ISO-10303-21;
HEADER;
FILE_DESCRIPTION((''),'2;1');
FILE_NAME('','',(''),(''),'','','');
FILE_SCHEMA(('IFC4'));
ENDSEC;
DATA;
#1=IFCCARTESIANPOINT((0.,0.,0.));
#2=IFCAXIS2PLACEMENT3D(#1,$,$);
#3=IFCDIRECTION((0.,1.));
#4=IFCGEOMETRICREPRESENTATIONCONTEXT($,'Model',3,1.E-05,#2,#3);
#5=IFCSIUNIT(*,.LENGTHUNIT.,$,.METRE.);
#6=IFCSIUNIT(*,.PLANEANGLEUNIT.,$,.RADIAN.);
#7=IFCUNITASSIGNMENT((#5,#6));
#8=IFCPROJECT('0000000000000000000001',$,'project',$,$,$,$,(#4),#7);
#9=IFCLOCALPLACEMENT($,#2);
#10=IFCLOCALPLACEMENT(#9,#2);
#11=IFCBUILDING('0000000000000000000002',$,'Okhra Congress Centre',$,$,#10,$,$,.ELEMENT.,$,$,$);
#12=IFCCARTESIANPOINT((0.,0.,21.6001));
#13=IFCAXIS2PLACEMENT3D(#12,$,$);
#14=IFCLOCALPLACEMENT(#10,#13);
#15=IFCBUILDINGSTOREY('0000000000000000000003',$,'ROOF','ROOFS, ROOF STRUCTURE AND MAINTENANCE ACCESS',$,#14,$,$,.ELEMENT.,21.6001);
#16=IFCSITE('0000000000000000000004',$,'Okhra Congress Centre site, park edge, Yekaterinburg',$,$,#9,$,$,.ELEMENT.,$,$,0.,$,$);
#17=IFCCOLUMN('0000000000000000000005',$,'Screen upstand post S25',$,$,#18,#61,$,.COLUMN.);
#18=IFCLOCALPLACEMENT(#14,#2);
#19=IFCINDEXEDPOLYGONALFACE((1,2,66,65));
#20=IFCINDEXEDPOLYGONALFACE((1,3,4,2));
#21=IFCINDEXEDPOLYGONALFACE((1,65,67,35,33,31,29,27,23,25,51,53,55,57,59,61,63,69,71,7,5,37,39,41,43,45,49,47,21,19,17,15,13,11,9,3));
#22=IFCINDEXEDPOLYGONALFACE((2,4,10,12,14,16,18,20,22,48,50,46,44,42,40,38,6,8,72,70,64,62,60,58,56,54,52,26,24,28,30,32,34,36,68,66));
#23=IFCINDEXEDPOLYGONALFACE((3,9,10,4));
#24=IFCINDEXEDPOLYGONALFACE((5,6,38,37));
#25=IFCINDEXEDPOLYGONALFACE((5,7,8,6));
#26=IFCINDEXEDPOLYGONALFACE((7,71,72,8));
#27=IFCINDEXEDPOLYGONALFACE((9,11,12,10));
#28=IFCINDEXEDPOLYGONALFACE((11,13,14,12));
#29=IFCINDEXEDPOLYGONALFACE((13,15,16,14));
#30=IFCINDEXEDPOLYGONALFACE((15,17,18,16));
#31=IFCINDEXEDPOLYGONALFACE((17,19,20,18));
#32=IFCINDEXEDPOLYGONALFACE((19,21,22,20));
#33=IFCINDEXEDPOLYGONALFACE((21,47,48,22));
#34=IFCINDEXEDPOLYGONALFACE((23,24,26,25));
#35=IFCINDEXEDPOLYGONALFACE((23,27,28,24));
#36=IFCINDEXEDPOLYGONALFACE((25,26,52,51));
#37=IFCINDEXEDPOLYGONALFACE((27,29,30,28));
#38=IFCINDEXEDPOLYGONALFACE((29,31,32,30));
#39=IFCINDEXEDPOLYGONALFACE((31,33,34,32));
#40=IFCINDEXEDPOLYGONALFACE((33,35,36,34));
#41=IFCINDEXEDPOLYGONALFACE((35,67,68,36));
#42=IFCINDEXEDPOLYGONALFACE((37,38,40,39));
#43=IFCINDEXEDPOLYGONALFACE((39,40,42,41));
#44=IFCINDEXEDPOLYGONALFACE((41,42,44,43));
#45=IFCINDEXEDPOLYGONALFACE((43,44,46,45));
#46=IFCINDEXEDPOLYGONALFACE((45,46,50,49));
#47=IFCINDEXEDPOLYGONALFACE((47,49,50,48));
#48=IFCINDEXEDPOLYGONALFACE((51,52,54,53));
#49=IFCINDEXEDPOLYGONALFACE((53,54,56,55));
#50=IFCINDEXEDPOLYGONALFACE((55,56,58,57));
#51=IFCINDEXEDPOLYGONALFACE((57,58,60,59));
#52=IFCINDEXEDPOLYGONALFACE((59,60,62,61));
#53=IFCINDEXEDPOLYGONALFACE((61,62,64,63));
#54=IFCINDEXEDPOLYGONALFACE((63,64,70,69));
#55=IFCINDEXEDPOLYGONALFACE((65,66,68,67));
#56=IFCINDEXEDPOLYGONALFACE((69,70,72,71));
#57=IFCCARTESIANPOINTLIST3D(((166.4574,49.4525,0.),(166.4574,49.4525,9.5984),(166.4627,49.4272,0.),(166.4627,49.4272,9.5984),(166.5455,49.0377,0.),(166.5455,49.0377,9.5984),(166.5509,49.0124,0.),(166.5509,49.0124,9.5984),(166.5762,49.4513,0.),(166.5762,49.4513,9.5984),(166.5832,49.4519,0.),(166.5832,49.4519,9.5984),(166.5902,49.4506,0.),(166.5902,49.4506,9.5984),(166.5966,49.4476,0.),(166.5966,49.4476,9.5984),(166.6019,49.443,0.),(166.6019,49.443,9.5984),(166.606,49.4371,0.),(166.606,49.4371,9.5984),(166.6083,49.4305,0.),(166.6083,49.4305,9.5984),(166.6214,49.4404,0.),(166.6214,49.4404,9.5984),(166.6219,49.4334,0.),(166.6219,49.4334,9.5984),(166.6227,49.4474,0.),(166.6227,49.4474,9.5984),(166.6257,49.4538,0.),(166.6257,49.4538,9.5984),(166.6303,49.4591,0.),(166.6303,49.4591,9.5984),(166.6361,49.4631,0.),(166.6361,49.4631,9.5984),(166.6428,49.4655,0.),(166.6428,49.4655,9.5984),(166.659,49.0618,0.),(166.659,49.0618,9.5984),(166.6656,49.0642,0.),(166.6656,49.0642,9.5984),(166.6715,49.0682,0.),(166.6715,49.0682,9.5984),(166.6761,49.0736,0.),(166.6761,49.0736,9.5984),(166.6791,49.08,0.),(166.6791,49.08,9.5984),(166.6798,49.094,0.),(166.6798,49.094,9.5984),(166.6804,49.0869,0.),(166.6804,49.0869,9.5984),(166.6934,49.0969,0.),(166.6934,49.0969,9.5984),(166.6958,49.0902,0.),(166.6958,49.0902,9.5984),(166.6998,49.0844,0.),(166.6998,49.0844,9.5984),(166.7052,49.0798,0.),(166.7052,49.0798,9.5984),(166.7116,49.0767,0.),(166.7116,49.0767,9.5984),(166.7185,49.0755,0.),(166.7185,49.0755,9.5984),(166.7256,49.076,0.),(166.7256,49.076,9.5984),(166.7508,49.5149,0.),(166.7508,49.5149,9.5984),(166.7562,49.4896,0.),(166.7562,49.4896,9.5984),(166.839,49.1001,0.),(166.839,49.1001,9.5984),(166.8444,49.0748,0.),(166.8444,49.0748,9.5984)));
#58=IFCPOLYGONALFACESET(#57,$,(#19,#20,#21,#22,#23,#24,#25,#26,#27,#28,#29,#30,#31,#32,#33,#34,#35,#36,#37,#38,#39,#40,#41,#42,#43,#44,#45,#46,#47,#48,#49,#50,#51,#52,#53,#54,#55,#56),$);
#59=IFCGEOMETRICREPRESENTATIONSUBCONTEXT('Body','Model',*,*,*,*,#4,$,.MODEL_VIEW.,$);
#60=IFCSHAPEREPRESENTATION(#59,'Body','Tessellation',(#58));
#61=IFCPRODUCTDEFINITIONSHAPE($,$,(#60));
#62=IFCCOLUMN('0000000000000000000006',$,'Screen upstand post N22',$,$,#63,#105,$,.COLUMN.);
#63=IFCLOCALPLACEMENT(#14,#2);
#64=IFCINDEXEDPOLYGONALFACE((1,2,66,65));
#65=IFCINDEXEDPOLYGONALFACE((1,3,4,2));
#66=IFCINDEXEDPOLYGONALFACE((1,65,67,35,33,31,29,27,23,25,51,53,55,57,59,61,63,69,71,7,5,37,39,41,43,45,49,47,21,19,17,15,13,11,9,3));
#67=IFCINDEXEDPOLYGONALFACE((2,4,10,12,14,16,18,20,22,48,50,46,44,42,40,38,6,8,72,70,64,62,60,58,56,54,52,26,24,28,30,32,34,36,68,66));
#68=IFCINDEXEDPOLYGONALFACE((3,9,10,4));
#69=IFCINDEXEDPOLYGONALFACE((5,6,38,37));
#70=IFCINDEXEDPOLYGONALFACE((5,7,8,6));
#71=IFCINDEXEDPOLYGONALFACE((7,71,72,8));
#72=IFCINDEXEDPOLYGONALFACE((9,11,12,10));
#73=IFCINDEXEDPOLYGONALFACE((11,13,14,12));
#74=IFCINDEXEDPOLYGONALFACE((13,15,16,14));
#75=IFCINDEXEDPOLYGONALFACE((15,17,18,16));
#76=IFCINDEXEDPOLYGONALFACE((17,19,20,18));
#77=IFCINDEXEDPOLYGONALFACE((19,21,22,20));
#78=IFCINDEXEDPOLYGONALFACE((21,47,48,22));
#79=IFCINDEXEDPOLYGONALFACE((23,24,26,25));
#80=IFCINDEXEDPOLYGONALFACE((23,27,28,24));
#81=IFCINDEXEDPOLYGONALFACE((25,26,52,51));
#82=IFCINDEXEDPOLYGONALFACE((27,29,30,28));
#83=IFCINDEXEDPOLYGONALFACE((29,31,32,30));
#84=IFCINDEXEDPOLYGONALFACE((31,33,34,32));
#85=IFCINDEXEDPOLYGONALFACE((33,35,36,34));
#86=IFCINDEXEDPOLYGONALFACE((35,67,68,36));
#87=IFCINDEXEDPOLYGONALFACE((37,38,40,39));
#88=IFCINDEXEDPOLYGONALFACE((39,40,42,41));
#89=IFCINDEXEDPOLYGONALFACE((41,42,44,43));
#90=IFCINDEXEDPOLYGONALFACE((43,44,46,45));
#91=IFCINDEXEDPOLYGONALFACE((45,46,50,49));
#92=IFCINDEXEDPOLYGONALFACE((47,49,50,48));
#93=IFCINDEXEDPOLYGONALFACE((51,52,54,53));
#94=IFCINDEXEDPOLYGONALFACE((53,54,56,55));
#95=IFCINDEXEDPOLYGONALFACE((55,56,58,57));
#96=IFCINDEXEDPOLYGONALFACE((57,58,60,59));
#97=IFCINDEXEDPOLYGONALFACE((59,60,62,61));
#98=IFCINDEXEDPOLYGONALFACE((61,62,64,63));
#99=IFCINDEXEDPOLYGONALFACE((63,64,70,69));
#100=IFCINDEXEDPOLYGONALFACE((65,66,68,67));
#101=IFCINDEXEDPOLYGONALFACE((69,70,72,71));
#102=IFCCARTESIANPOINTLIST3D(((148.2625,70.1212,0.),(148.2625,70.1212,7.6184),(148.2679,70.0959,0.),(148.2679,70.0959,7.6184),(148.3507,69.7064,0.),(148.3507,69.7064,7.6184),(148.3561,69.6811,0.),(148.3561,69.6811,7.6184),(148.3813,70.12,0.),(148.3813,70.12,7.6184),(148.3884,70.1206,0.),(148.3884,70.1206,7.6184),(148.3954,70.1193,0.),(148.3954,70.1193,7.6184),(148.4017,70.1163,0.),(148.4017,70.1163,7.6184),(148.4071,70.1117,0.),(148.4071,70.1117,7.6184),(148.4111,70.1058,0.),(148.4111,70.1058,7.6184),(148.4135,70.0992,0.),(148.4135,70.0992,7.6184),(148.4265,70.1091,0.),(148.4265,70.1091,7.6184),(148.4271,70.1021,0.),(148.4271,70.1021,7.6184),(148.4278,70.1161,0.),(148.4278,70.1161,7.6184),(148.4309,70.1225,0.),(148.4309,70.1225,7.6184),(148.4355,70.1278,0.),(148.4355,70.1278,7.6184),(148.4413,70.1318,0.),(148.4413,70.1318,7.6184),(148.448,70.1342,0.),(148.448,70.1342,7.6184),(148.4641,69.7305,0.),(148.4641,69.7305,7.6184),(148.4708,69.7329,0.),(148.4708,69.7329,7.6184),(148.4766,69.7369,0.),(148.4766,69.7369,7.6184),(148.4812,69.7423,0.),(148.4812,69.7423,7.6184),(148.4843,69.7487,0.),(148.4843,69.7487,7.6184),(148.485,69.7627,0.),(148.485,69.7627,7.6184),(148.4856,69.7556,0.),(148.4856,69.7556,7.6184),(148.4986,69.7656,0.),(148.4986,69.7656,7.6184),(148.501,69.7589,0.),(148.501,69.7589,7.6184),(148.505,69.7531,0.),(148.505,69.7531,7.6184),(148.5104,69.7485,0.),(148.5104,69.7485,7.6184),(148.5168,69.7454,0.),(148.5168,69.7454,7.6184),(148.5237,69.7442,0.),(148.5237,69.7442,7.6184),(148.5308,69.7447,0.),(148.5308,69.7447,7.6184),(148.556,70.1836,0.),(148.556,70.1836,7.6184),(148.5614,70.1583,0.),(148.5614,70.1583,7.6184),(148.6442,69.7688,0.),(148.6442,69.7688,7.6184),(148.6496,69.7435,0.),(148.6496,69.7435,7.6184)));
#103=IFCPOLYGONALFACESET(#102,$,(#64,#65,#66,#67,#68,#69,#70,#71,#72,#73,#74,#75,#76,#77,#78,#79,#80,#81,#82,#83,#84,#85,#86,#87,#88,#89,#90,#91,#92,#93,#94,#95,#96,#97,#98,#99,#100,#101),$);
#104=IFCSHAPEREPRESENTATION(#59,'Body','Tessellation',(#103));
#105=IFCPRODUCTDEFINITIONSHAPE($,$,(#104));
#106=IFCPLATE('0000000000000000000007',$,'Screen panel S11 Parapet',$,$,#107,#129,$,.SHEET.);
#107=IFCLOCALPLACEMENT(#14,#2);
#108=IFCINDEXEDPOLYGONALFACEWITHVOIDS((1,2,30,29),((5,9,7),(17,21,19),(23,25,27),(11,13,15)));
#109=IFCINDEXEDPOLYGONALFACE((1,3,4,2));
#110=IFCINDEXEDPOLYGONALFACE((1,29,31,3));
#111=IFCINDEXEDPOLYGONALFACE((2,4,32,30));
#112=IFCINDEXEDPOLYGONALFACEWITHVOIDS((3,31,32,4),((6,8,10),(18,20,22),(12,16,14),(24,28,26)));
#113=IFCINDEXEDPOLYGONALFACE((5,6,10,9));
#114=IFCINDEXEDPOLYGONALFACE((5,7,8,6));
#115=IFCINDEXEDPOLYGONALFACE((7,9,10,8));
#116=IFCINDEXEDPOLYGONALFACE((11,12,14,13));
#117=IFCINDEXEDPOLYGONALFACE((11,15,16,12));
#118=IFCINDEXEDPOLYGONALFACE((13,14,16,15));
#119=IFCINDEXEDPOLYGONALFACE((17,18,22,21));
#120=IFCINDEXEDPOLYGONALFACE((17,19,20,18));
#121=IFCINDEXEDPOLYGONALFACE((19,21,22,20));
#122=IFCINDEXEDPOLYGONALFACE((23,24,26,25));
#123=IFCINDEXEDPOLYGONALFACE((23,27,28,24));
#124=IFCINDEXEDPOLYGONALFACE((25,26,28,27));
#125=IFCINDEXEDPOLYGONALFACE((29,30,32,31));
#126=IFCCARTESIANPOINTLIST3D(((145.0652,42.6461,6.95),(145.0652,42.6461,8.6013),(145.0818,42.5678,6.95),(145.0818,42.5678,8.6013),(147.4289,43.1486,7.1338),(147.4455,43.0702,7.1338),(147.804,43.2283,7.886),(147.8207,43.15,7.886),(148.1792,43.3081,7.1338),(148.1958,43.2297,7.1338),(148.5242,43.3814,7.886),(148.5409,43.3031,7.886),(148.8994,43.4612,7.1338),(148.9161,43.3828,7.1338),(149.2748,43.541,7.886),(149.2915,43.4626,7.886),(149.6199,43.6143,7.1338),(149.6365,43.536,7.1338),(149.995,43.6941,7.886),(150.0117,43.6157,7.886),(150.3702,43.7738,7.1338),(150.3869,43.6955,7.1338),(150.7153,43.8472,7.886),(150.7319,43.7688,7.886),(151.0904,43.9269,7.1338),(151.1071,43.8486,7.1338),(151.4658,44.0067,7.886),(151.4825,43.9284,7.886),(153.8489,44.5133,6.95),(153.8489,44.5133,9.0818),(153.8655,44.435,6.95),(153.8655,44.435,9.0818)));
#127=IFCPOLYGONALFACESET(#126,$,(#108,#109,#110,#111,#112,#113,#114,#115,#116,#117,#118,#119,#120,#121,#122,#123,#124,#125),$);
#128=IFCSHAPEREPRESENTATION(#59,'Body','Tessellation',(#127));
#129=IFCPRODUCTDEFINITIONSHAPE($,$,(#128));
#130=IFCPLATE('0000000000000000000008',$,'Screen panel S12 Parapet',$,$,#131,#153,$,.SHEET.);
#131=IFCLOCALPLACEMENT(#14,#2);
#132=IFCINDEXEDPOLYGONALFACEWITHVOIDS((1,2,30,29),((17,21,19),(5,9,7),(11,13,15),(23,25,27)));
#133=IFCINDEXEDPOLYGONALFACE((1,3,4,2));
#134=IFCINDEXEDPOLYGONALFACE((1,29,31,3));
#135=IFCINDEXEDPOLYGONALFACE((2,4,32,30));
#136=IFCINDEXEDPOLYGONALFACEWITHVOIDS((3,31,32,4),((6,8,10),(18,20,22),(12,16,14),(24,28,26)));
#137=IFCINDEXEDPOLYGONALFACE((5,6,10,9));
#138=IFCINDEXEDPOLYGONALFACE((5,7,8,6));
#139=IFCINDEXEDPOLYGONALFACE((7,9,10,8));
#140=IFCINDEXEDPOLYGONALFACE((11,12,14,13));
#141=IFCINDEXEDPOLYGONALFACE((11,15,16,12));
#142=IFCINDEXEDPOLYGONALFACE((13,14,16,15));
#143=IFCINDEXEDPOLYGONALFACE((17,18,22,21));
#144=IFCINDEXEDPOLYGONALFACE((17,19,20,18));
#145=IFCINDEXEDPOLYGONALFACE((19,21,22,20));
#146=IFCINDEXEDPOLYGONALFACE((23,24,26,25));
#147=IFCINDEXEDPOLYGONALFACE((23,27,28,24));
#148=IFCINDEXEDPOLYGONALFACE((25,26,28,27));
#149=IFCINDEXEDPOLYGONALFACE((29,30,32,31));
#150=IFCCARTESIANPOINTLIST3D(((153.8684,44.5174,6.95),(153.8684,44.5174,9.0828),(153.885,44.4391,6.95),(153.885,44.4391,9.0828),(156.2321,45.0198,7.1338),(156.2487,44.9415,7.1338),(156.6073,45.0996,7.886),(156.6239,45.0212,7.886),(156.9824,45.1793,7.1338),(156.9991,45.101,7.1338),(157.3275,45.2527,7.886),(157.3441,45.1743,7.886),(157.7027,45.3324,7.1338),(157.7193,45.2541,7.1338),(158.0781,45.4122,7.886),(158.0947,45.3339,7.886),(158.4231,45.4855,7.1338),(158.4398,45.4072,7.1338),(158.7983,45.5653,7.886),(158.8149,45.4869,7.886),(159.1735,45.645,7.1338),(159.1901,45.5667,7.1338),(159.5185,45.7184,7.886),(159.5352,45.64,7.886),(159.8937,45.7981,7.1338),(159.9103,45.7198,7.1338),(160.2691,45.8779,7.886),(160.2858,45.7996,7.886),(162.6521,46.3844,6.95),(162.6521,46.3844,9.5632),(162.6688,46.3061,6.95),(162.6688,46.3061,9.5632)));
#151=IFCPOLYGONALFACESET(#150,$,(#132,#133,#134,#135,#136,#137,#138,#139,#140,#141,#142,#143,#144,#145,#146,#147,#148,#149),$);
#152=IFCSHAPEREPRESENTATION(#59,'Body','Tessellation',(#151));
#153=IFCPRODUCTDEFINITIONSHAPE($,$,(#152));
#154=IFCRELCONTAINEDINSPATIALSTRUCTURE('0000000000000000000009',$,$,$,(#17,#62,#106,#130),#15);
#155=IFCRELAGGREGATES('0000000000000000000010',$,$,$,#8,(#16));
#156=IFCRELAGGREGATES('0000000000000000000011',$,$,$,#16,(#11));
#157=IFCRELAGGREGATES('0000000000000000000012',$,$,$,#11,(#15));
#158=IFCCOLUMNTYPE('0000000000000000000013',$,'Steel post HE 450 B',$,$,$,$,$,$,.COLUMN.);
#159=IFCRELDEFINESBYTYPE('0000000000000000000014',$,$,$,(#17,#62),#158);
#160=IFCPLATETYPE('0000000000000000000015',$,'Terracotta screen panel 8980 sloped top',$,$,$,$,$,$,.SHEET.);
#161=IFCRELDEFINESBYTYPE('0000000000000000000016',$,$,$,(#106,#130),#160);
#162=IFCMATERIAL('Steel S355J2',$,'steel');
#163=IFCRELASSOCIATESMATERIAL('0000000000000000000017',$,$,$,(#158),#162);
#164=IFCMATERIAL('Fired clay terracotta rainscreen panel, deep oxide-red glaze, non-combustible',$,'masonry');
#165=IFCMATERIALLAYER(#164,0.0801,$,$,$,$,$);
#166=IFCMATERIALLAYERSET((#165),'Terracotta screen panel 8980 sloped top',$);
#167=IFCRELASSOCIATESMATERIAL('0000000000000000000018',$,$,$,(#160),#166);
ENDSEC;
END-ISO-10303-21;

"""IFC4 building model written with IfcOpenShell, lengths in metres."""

from ifc_helpers import new_model, si_unit, direction, frame, origin, origin_2d, place, context, subcontext, project, spatial, polyline, i_section, outline, extrude, material, layer, layer_set, material_profile, profile_set, type_object, element, save


model = new_model("IFC4")

# Units and contexts
model_context = context("Model", 3, precision=1e-05, world=origin(), true_north=direction((0.0, 1.0)))
body_context = subcontext(model_context, "Body", "Model", "MODEL_VIEW")
ifc_project = project(units=[si_unit("LENGTHUNIT", "METRE"), si_unit("PLANEANGLEUNIT", "RADIAN")], contexts=[model_context])

# Site, building, storey
site_placement = place(None, origin())
site = spatial("IfcSite", under=ifc_project, at=site_placement, Name="Okhra Congress Centre site, park edge, Yekaterinburg", CompositionType="ELEMENT", RefElevation=0.0)
building_placement = place(site_placement, origin())
building = spatial("IfcBuilding", under=site, at=building_placement, Name="Okhra Congress Centre", CompositionType="ELEMENT")
storey_placement = place(building_placement, frame((0.0, 0.0, 21.6001)))
storey = spatial("IfcBuildingStorey", under=building, at=storey_placement, Name="ROOF", Description="ROOFS, ROOF STRUCTURE AND MAINTENANCE ACCESS", CompositionType="ELEMENT", Elevation=21.6001)

# Columns
ifc_material_1 = material(Name="Steel S355J2", Category="steel")
ifc_material_profile_1 = material_profile(ifc_material_1, i_section(OverallWidth=0.3, OverallDepth=0.45, WebThickness=0.0139, FlangeThickness=0.0259, FilletRadius=0.0271, at=origin_2d()), Name="HE 450 B")
ifc_profile_set_1 = profile_set([ifc_material_profile_1], Name="Steel S355J2")
column_type = type_object("IfcColumnType", Name="Steel post HE 450 B", PredefinedType="COLUMN", material=ifc_profile_set_1)
column_1_placement = place(storey_placement, frame((166.6509, 49.2637, 0.0), z_axis=(0.0, 0.0, 1.0), x_axis=(0.978148, 0.207912, 0.0)))
element("IfcColumn", 1, at=column_1_placement, inside=storey, type_object=column_type, Name="Screen upstand post S25", PredefinedType="COLUMN", context=body_context, shape_type="SweptSolid", body=[
    extrude(i_section(OverallWidth=0.3, OverallDepth=0.45, WebThickness=0.0139, FlangeThickness=0.0259, FilletRadius=0.0271, at=origin_2d()), origin(), (0.0, 0.0, 1.0), 9.5984),
])
column_2_placement = place(storey_placement, frame((148.4561, 69.9324, 0.0), z_axis=(0.0, 0.0, 1.0), x_axis=(0.978148, 0.207912, 0.0)))
element("IfcColumn", 2, at=column_2_placement, inside=storey, type_object=column_type, Name="Screen upstand post N22", PredefinedType="COLUMN", context=body_context, shape_type="SweptSolid", body=[
    extrude(i_section(OverallWidth=0.3, OverallDepth=0.45, WebThickness=0.0139, FlangeThickness=0.0259, FilletRadius=0.0271, at=origin_2d()), origin(), (0.0, 0.0, 1.0), 7.6184),
])

# Plates
ifc_material_2 = material(Name="Fired clay terracotta rainscreen panel, deep oxide-red glaze, non-combustible", Category="masonry")
ifc_layer_1 = layer(ifc_material_2, 0.0801)
ifc_layer_set_1 = layer_set([ifc_layer_1], Name="Terracotta screen panel 8980 sloped top")
plate_type_1 = type_object("IfcPlateType", Name="Terracotta screen panel 8980 sloped top", PredefinedType="SHEET", material=ifc_layer_set_1)
plate_1_placement = place(storey_placement, frame((145.0735, 42.6069, 6.95), z_axis=(0.0, 0.0, 1.0), x_axis=(0.978144, 0.207928, 0.0)))
element("IfcPlate", 3, at=plate_1_placement, inside=storey, type_object=plate_type_1, Name="Screen panel S11 Parapet", PredefinedType="SHEET", context=body_context, shape_type="SweptSolid", body=[
    extrude(outline(polyline([(0.0, 0.0), (8.98, 0.0), (8.98, 2.1318), (0.0, 1.6514), (0.0, 0.0)]), holes=[polyline([(2.4165, 0.1838), (3.1836, 0.1838), (2.8, 0.936), (2.4165, 0.1838)]), polyline([(3.5364, 0.936), (3.9199, 0.1838), (4.3037, 0.936), (3.5364, 0.936)]), polyline([(4.6565, 0.1838), (5.4236, 0.1838), (5.04, 0.936), (4.6565, 0.1838)]), polyline([(5.7764, 0.936), (6.1599, 0.1838), (6.5437, 0.936), (5.7764, 0.936)])]), frame((0.0, 0.04, 0.0), z_axis=(0.0, -1.0, 0.0), x_axis=(1.0, 0.0, 0.0)), (0.0, 0.0, 1.0), 0.0801),
])
plate_2_placement = place(storey_placement, frame((153.8767, 44.4783, 6.95), z_axis=(0.0, 0.0, 1.0), x_axis=(0.97815, 0.207902, 0.0)))
element("IfcPlate", 4, at=plate_2_placement, inside=storey, type_object=plate_type_1, Name="Screen panel S12 Parapet", PredefinedType="SHEET", context=body_context, shape_type="SweptSolid", body=[
    extrude(outline(polyline([(0.0, 0.0), (8.98, 0.0), (8.98, 2.6133), (0.0, 2.1328), (0.0, 0.0)]), holes=[polyline([(2.4165, 0.1838), (3.1836, 0.1838), (2.8, 0.936), (2.4165, 0.1838)]), polyline([(3.5364, 0.936), (3.9199, 0.1838), (4.3037, 0.936), (3.5364, 0.936)]), polyline([(4.6565, 0.1838), (5.4236, 0.1838), (5.04, 0.936), (4.6565, 0.1838)]), polyline([(5.7764, 0.936), (6.1599, 0.1838), (6.5437, 0.936), (5.7764, 0.936)])]), frame((0.0, 0.04, 0.0), z_axis=(0.0, -1.0, 0.0), x_axis=(1.0, 0.0, 0.0)), (0.0, 0.0, 1.0), 0.0801),
])

save(model, "model.ifc")
